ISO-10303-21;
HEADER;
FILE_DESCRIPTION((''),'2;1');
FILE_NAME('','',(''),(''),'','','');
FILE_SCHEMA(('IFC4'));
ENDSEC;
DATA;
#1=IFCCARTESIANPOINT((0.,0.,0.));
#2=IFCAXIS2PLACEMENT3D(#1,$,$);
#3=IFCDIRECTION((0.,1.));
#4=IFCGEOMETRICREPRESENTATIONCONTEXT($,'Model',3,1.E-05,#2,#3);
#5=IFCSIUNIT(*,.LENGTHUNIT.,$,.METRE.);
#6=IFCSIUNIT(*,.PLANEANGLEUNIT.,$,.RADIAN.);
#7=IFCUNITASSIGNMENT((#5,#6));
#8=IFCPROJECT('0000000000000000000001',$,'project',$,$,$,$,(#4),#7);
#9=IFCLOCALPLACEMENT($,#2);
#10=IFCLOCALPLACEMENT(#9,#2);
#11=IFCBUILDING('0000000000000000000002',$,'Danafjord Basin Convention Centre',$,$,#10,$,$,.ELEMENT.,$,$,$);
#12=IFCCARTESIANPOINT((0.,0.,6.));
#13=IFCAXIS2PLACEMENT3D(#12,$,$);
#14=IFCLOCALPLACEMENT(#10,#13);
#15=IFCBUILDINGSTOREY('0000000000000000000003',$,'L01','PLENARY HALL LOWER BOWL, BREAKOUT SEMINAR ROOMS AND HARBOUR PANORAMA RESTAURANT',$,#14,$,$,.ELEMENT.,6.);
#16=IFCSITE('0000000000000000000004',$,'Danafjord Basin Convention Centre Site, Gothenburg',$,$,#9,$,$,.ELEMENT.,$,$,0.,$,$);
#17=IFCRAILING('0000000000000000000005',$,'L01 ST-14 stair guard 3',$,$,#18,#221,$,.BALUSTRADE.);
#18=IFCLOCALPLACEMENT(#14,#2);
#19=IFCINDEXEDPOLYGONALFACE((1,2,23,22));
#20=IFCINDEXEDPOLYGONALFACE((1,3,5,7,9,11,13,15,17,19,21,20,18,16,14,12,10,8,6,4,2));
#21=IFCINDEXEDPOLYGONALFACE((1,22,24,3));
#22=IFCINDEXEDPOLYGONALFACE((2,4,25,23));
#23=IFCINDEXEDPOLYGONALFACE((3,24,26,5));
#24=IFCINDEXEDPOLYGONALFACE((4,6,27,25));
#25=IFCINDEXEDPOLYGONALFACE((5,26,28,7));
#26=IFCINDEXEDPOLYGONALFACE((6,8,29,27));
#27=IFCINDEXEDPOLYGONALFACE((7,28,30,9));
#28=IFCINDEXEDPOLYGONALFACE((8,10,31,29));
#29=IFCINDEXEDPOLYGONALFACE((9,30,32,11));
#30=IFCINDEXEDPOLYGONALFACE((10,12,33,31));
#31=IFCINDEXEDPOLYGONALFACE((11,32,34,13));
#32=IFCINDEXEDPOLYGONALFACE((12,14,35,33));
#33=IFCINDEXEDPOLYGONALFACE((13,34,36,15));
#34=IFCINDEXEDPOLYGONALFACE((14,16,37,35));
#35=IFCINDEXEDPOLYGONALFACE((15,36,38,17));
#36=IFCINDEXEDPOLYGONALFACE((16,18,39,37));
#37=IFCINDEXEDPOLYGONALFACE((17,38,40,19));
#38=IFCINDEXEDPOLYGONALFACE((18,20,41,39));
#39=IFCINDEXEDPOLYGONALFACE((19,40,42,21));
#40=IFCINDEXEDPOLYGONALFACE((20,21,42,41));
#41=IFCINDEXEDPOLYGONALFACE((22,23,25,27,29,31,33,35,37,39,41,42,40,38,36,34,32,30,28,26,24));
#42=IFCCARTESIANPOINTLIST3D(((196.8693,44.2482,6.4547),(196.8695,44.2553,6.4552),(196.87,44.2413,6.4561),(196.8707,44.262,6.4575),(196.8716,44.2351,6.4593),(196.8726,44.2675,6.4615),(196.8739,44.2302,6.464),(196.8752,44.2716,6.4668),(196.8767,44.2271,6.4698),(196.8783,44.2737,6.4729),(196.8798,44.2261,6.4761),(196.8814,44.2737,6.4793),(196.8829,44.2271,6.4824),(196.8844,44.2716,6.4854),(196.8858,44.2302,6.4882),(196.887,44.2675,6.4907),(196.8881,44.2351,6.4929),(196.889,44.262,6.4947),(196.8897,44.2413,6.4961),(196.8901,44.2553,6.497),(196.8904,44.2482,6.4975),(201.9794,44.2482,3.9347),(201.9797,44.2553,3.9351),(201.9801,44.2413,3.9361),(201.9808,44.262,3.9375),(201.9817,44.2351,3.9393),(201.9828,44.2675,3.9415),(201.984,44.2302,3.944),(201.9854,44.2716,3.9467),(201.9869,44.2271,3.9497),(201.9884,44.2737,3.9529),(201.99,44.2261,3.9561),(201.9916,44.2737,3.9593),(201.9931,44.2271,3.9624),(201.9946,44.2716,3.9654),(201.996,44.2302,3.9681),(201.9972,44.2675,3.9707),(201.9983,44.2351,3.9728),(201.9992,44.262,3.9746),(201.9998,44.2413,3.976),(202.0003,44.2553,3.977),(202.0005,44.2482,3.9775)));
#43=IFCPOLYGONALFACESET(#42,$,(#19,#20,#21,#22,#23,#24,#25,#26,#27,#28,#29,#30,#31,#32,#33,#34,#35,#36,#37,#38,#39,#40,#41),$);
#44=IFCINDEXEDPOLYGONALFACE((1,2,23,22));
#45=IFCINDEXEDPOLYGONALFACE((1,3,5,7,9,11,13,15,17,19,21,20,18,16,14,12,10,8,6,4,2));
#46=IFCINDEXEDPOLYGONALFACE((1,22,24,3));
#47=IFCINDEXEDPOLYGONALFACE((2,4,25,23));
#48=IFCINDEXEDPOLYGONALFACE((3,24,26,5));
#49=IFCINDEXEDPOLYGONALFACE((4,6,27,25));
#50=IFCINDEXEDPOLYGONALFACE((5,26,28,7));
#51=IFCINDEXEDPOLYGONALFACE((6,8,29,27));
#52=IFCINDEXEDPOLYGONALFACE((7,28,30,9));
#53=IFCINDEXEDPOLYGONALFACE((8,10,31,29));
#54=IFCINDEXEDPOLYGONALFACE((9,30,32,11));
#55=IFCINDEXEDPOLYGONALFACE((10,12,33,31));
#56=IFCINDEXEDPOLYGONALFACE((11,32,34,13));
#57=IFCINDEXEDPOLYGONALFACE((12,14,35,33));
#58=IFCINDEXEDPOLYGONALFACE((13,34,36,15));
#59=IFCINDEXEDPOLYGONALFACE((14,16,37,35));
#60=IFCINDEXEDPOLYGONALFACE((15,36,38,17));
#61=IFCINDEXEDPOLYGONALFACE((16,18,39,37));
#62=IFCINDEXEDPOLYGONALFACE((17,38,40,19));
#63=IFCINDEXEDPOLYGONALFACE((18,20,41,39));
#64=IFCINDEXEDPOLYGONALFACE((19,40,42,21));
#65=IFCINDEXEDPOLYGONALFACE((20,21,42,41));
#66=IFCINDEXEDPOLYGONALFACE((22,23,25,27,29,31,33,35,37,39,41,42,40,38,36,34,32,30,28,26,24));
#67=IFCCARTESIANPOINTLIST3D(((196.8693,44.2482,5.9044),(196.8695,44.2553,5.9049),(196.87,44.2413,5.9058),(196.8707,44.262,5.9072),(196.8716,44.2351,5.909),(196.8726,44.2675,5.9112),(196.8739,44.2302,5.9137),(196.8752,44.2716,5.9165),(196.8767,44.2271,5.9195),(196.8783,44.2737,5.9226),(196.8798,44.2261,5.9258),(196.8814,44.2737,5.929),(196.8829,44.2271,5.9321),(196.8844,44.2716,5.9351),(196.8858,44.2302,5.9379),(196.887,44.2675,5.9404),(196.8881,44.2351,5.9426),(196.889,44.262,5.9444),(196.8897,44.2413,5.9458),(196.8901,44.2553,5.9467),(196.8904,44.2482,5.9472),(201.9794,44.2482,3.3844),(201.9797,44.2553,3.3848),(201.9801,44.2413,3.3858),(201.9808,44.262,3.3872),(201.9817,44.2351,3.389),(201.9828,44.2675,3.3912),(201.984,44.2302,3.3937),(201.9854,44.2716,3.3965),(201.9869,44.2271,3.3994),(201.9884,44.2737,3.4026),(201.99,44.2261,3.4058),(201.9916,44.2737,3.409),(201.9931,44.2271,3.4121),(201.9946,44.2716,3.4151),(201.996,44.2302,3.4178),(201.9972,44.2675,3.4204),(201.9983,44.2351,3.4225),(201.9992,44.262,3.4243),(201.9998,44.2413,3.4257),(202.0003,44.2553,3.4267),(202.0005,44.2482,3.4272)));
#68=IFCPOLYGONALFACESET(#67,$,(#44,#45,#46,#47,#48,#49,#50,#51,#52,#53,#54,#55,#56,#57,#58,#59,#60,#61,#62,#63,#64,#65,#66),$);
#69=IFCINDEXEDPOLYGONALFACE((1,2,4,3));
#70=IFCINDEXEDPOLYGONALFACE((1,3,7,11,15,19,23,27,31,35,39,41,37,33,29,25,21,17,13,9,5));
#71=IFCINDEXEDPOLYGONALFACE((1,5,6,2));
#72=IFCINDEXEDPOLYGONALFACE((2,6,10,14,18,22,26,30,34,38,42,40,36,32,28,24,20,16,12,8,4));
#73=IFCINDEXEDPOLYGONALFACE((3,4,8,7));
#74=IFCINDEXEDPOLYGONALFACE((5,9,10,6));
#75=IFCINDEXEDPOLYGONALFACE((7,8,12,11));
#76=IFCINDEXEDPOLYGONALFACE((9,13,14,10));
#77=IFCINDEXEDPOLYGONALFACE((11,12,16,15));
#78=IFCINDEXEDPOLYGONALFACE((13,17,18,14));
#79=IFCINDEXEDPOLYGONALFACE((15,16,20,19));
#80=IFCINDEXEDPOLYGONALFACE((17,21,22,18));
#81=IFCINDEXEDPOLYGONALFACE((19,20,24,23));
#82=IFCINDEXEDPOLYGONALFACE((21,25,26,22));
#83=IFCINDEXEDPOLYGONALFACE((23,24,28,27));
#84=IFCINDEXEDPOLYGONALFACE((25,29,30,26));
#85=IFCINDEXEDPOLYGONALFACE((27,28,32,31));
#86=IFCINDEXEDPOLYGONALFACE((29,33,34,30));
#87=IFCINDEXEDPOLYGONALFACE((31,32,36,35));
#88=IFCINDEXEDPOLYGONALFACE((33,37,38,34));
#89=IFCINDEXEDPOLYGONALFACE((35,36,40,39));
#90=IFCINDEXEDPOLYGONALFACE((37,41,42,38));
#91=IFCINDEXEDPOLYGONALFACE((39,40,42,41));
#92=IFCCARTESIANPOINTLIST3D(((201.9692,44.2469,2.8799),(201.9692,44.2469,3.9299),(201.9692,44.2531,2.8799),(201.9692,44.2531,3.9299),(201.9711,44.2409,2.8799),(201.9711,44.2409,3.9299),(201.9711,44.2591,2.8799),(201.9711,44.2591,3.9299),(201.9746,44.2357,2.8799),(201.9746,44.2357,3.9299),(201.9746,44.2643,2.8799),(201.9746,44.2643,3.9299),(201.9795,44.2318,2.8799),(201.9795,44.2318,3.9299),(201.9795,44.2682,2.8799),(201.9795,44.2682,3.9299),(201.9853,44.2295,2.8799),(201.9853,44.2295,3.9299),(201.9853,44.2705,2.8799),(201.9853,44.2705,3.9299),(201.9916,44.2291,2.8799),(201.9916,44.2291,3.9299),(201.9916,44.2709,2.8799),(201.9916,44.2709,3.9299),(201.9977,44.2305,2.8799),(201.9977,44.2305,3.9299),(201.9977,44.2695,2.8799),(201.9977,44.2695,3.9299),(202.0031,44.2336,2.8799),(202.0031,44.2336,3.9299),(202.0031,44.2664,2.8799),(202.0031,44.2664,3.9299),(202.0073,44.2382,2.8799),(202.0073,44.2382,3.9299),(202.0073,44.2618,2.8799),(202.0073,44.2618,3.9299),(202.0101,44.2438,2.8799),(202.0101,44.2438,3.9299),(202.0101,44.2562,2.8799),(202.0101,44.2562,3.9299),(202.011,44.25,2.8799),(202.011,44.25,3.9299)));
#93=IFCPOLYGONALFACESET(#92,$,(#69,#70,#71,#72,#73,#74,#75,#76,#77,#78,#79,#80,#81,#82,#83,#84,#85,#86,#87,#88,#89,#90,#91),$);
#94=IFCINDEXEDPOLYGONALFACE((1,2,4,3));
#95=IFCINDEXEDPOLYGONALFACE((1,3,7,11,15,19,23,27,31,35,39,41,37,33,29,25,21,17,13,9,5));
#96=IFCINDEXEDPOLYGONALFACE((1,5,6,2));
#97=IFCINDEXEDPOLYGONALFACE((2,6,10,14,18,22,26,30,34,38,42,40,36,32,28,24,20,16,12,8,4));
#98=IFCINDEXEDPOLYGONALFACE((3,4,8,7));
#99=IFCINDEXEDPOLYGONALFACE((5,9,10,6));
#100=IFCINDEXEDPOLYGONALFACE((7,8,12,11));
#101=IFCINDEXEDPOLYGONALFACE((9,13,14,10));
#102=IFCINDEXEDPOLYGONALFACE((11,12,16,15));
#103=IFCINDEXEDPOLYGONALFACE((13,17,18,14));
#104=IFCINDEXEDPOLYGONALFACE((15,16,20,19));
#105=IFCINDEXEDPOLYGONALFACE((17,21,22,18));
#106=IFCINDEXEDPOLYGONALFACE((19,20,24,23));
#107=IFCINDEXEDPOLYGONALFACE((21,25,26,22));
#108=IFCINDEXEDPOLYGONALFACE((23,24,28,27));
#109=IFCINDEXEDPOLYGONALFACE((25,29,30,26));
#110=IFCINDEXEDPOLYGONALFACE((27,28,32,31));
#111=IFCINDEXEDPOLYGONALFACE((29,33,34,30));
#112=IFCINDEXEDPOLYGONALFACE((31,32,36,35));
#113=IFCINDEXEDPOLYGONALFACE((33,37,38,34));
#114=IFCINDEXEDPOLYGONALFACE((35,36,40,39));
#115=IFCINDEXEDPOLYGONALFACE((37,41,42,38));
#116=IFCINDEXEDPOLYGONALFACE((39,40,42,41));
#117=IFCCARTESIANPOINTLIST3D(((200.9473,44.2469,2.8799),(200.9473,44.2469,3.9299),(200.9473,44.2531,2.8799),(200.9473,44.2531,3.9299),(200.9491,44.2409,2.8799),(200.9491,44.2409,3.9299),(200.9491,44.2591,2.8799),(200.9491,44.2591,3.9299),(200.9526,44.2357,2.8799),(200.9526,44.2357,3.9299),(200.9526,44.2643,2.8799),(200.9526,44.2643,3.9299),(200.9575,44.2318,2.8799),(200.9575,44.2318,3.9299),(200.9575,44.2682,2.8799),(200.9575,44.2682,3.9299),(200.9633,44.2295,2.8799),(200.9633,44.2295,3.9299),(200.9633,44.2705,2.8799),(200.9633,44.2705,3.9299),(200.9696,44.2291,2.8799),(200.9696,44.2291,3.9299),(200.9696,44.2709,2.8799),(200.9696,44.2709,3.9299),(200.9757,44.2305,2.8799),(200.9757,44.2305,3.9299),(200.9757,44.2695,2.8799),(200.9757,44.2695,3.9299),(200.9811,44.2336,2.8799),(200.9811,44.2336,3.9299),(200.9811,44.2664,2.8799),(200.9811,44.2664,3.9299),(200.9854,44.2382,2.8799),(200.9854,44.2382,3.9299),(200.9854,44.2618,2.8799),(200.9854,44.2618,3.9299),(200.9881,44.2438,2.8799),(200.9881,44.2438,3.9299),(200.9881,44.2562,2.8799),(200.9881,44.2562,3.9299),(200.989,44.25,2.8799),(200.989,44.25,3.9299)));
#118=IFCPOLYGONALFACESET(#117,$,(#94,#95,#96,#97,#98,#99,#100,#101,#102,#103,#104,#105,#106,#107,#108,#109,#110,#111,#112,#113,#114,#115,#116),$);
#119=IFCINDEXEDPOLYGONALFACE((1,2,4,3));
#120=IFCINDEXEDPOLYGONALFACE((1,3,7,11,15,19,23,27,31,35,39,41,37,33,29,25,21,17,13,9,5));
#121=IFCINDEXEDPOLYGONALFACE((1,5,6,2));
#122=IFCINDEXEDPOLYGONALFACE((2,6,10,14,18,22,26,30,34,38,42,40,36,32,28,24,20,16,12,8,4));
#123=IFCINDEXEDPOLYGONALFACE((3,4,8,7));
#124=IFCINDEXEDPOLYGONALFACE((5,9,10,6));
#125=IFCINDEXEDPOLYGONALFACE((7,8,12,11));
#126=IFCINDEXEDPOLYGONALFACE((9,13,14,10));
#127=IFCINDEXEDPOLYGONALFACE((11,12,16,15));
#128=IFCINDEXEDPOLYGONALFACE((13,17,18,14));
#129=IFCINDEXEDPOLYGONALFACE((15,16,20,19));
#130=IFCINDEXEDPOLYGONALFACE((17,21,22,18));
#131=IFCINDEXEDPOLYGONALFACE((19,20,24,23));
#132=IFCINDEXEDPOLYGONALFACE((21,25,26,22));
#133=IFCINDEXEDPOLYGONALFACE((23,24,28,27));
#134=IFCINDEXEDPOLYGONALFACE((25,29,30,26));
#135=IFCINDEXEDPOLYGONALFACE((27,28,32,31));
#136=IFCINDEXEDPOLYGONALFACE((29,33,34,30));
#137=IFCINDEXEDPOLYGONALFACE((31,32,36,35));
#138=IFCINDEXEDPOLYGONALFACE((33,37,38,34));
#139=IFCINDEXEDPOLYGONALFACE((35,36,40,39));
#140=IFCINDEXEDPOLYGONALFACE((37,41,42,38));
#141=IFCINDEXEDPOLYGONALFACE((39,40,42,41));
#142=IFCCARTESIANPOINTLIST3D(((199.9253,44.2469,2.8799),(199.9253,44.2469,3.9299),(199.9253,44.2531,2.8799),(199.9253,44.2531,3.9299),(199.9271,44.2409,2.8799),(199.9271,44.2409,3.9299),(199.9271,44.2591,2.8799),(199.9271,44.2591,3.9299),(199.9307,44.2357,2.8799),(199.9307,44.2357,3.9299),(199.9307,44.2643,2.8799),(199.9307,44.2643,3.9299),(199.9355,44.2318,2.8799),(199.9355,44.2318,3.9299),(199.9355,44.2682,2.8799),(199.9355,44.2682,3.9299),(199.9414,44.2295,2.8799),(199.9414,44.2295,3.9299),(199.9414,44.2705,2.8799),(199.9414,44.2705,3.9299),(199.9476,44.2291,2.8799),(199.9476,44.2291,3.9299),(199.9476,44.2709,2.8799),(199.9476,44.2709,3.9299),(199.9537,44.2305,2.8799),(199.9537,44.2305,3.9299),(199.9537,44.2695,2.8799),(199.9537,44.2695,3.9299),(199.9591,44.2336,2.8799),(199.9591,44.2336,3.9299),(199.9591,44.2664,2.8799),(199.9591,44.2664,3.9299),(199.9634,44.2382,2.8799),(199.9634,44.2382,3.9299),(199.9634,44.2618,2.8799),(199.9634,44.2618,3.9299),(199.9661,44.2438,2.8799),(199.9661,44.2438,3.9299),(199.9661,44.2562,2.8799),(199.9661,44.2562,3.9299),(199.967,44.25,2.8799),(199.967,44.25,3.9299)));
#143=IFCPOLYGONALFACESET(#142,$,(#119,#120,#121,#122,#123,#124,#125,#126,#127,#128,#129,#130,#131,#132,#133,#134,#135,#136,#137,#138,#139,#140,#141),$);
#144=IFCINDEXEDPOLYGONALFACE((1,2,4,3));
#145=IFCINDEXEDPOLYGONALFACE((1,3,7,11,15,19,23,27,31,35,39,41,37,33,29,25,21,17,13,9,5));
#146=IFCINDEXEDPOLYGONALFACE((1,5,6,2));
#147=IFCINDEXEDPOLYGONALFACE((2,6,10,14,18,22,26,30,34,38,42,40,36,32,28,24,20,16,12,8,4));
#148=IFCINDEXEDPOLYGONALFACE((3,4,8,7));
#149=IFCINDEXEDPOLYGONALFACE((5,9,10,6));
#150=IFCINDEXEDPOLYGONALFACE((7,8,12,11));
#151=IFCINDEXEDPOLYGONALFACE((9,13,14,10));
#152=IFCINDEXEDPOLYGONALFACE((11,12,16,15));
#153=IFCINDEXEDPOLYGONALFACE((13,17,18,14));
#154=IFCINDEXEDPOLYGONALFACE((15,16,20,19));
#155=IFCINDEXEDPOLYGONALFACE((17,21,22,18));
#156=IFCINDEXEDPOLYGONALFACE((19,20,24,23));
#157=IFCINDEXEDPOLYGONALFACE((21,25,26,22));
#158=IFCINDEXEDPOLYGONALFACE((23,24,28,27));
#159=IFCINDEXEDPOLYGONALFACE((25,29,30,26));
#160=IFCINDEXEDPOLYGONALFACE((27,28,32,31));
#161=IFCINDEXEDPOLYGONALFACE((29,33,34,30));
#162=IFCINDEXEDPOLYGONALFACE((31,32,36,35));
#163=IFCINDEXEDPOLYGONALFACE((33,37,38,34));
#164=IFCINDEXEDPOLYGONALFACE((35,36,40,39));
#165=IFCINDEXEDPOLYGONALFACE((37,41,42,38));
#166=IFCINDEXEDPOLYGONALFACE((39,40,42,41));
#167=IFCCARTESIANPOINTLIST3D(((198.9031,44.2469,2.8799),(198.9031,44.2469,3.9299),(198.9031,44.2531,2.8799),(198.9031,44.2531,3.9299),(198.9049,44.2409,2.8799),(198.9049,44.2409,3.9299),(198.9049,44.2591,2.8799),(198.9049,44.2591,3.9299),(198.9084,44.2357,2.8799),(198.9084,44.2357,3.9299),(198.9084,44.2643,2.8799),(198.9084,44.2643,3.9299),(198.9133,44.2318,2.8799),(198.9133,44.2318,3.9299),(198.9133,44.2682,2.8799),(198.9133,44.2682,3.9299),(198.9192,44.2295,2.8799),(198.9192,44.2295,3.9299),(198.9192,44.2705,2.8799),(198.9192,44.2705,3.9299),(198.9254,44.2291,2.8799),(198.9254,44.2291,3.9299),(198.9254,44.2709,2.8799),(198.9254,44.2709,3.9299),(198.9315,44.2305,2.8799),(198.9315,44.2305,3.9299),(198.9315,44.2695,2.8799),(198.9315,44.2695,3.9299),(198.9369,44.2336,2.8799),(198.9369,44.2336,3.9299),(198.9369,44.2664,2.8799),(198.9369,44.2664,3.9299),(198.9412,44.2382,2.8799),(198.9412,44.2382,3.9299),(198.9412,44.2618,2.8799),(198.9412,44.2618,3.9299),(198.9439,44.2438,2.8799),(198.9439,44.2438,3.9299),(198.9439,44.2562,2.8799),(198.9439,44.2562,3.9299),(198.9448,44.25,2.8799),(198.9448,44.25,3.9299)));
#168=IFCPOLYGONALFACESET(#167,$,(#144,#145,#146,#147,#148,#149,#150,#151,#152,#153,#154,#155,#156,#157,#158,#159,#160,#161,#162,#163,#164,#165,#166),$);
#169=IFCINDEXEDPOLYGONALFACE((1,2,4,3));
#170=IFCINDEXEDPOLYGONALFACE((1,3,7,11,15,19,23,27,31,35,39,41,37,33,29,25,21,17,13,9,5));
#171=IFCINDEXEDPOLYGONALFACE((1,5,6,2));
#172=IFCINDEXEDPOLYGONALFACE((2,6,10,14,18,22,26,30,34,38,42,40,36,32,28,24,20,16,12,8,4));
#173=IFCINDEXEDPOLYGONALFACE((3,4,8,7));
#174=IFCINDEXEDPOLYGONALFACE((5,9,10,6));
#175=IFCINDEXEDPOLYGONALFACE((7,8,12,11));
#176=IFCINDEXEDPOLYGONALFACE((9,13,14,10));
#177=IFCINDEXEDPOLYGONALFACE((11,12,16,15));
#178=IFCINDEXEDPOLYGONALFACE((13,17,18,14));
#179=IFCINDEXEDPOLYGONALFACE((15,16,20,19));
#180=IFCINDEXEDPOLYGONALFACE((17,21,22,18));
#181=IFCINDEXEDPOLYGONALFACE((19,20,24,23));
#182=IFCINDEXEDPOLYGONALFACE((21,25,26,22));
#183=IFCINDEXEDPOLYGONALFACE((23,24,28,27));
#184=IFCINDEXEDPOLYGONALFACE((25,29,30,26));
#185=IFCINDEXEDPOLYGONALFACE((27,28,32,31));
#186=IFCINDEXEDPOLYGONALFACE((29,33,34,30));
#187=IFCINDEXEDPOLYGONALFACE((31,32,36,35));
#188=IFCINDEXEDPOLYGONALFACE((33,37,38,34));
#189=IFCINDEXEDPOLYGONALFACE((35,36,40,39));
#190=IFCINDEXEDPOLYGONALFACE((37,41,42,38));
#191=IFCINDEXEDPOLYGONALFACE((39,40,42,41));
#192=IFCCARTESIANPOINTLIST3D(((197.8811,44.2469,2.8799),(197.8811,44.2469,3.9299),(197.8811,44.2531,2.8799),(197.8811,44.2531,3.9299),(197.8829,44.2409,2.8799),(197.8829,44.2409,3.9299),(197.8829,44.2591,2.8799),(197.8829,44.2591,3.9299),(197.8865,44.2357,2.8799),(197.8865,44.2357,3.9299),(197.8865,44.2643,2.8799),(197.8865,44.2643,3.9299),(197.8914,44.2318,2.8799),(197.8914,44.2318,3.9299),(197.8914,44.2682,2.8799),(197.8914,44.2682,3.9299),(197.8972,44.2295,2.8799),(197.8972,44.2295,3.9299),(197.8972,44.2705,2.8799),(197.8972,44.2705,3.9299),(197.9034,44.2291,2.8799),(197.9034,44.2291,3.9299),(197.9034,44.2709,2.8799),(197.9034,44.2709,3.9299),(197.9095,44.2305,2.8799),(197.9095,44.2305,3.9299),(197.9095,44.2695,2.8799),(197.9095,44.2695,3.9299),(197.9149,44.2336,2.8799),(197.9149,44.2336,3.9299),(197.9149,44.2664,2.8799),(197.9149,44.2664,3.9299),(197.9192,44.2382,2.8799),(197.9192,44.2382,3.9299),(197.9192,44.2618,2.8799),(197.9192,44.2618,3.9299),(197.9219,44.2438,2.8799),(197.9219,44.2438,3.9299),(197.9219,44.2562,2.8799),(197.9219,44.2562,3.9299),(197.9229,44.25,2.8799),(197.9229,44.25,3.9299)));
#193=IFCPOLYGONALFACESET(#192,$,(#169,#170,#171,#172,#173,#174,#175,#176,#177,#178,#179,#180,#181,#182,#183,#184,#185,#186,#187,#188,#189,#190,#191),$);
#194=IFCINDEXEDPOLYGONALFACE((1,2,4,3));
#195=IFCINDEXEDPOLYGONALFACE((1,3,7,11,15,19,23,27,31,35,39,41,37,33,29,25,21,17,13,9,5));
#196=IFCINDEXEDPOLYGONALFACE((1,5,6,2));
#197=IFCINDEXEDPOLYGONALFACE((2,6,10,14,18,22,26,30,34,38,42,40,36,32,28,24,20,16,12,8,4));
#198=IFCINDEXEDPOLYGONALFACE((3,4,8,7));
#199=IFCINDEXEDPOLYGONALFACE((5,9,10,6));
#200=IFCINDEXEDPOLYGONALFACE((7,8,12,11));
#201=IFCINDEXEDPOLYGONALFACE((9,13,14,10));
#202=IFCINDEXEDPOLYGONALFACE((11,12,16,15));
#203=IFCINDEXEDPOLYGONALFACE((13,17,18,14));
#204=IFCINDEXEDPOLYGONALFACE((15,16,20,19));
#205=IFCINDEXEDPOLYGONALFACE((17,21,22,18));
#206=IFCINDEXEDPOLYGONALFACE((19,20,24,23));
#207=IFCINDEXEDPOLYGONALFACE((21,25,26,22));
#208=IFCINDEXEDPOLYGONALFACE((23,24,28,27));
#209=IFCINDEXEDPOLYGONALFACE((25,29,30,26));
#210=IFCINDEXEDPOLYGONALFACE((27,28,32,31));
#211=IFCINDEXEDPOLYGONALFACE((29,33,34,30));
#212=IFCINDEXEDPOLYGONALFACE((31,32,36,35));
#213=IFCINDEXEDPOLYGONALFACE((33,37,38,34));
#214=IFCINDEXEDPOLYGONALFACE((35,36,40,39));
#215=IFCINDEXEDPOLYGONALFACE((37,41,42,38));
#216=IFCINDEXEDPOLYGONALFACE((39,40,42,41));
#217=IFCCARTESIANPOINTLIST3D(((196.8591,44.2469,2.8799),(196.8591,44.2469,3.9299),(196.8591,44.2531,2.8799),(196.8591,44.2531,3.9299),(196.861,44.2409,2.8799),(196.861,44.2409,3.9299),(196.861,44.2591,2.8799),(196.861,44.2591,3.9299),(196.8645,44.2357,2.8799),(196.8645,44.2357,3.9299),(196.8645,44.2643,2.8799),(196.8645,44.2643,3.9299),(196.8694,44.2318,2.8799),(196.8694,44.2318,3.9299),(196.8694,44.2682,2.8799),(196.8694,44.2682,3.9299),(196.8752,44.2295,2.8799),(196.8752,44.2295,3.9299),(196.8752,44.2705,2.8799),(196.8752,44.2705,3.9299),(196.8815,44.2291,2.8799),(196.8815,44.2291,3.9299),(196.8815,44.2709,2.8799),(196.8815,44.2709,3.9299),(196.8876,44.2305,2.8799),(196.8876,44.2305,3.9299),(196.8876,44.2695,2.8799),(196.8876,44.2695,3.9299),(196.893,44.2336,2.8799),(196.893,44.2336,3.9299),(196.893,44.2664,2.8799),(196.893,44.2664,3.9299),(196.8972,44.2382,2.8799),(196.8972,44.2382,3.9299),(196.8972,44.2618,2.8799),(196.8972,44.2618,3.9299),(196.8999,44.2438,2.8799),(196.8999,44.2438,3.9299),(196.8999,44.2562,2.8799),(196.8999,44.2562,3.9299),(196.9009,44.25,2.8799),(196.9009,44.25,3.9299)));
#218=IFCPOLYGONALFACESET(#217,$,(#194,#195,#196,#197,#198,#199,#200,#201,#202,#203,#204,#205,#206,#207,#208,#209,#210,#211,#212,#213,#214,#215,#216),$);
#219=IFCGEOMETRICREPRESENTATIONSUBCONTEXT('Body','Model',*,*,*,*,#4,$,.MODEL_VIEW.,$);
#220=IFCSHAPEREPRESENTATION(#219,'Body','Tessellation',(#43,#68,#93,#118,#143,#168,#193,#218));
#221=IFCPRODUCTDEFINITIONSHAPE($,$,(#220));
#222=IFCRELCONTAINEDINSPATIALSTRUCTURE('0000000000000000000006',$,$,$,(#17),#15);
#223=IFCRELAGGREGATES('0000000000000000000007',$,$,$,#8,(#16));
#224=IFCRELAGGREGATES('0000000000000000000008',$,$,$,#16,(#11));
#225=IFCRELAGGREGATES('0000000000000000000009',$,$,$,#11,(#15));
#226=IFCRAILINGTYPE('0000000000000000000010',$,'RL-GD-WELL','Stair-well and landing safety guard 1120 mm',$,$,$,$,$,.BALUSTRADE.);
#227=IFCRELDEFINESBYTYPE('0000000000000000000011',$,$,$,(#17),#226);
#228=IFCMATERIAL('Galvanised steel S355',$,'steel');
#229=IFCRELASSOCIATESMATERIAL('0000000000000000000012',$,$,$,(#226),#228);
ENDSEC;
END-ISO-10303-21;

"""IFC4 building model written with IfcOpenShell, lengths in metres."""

from ifc_helpers import new_model, si_unit, direction, frame, origin, origin_2d, place, context, subcontext, project, spatial, circle, extrude, material, type_object, element, save


model = new_model("IFC4")

# Units and contexts
model_context = context("Model", 3, precision=1e-05, world=origin(), true_north=direction((0.0, 1.0)))
body_context = subcontext(model_context, "Body", "Model", "MODEL_VIEW")
ifc_project = project(units=[si_unit("LENGTHUNIT", "METRE"), si_unit("PLANEANGLEUNIT", "RADIAN")], contexts=[model_context])

# Site, building, storey
site_placement = place(None, origin())
site = spatial("IfcSite", under=ifc_project, at=site_placement, Name="Danafjord Basin Convention Centre Site, Gothenburg", CompositionType="ELEMENT", RefElevation=0.0)
building_placement = place(site_placement, origin())
building = spatial("IfcBuilding", under=site, at=building_placement, Name="Danafjord Basin Convention Centre", CompositionType="ELEMENT")
storey_placement = place(building_placement, frame((0.0, 0.0, 6.0)))
storey = spatial("IfcBuildingStorey", under=building, at=storey_placement, Name="L01", Description="PLENARY HALL LOWER BOWL, BREAKOUT SEMINAR ROOMS AND HARBOUR PANORAMA RESTAURANT", CompositionType="ELEMENT", Elevation=6.0)

# Railing
ifc_material_1 = material(Name="Galvanised steel S355", Category="steel")
railing_type_1 = type_object("IfcRailingType", Name="RL-GD-WELL", Description="Stair-well and landing safety guard 1120 mm", PredefinedType="BALUSTRADE", material=ifc_material_1)
railing_1_placement = place(storey_placement, frame((201.99, 44.25, 2.8799)))
element("IfcRailing", 1, at=railing_1_placement, inside=storey, type_object=railing_type_1, Name="L01 ST-14 stair guard 3", PredefinedType="BALUSTRADE", context=body_context, shape_type="SweptSolid", body=[
    extrude(circle(Radius=0.0239, at=origin_2d()), frame((0.0, 0.0, 1.0762), z_axis=(-0.896873, 0.0, 0.442288), x_axis=(0.0, -1.0, 0.0)), (0.0, 0.0, 1.0), 5.6978),
    extrude(circle(Radius=0.0239, at=origin_2d()), frame((0.0, 0.0, 0.5259), z_axis=(-0.896873, 0.0, 0.442288), x_axis=(0.0, -1.0, 0.0)), (0.0, 0.0, 1.0), 5.6978),
    extrude(circle(Radius=0.021, at=origin_2d()), origin(), (0.0, 0.0, 1.0), 1.05),
    extrude(circle(Radius=0.021, at=origin_2d()), frame((-1.022, 0.0, 0.0)), (0.0, 0.0, 1.0), 1.05),
    extrude(circle(Radius=0.021, at=origin_2d()), frame((-2.0439, 0.0, 0.0)), (0.0, 0.0, 1.0), 1.05),
    extrude(circle(Radius=0.021, at=origin_2d()), frame((-3.0662, 0.0, 0.0)), (0.0, 0.0, 1.0), 1.05),
    extrude(circle(Radius=0.021, at=origin_2d()), frame((-4.0881, 0.0, 0.0)), (0.0, 0.0, 1.0), 1.05),
    extrude(circle(Radius=0.021, at=origin_2d()), frame((-5.1101, 0.0, 0.0)), (0.0, 0.0, 1.0), 1.05),
])

save(model, "model.ifc")
